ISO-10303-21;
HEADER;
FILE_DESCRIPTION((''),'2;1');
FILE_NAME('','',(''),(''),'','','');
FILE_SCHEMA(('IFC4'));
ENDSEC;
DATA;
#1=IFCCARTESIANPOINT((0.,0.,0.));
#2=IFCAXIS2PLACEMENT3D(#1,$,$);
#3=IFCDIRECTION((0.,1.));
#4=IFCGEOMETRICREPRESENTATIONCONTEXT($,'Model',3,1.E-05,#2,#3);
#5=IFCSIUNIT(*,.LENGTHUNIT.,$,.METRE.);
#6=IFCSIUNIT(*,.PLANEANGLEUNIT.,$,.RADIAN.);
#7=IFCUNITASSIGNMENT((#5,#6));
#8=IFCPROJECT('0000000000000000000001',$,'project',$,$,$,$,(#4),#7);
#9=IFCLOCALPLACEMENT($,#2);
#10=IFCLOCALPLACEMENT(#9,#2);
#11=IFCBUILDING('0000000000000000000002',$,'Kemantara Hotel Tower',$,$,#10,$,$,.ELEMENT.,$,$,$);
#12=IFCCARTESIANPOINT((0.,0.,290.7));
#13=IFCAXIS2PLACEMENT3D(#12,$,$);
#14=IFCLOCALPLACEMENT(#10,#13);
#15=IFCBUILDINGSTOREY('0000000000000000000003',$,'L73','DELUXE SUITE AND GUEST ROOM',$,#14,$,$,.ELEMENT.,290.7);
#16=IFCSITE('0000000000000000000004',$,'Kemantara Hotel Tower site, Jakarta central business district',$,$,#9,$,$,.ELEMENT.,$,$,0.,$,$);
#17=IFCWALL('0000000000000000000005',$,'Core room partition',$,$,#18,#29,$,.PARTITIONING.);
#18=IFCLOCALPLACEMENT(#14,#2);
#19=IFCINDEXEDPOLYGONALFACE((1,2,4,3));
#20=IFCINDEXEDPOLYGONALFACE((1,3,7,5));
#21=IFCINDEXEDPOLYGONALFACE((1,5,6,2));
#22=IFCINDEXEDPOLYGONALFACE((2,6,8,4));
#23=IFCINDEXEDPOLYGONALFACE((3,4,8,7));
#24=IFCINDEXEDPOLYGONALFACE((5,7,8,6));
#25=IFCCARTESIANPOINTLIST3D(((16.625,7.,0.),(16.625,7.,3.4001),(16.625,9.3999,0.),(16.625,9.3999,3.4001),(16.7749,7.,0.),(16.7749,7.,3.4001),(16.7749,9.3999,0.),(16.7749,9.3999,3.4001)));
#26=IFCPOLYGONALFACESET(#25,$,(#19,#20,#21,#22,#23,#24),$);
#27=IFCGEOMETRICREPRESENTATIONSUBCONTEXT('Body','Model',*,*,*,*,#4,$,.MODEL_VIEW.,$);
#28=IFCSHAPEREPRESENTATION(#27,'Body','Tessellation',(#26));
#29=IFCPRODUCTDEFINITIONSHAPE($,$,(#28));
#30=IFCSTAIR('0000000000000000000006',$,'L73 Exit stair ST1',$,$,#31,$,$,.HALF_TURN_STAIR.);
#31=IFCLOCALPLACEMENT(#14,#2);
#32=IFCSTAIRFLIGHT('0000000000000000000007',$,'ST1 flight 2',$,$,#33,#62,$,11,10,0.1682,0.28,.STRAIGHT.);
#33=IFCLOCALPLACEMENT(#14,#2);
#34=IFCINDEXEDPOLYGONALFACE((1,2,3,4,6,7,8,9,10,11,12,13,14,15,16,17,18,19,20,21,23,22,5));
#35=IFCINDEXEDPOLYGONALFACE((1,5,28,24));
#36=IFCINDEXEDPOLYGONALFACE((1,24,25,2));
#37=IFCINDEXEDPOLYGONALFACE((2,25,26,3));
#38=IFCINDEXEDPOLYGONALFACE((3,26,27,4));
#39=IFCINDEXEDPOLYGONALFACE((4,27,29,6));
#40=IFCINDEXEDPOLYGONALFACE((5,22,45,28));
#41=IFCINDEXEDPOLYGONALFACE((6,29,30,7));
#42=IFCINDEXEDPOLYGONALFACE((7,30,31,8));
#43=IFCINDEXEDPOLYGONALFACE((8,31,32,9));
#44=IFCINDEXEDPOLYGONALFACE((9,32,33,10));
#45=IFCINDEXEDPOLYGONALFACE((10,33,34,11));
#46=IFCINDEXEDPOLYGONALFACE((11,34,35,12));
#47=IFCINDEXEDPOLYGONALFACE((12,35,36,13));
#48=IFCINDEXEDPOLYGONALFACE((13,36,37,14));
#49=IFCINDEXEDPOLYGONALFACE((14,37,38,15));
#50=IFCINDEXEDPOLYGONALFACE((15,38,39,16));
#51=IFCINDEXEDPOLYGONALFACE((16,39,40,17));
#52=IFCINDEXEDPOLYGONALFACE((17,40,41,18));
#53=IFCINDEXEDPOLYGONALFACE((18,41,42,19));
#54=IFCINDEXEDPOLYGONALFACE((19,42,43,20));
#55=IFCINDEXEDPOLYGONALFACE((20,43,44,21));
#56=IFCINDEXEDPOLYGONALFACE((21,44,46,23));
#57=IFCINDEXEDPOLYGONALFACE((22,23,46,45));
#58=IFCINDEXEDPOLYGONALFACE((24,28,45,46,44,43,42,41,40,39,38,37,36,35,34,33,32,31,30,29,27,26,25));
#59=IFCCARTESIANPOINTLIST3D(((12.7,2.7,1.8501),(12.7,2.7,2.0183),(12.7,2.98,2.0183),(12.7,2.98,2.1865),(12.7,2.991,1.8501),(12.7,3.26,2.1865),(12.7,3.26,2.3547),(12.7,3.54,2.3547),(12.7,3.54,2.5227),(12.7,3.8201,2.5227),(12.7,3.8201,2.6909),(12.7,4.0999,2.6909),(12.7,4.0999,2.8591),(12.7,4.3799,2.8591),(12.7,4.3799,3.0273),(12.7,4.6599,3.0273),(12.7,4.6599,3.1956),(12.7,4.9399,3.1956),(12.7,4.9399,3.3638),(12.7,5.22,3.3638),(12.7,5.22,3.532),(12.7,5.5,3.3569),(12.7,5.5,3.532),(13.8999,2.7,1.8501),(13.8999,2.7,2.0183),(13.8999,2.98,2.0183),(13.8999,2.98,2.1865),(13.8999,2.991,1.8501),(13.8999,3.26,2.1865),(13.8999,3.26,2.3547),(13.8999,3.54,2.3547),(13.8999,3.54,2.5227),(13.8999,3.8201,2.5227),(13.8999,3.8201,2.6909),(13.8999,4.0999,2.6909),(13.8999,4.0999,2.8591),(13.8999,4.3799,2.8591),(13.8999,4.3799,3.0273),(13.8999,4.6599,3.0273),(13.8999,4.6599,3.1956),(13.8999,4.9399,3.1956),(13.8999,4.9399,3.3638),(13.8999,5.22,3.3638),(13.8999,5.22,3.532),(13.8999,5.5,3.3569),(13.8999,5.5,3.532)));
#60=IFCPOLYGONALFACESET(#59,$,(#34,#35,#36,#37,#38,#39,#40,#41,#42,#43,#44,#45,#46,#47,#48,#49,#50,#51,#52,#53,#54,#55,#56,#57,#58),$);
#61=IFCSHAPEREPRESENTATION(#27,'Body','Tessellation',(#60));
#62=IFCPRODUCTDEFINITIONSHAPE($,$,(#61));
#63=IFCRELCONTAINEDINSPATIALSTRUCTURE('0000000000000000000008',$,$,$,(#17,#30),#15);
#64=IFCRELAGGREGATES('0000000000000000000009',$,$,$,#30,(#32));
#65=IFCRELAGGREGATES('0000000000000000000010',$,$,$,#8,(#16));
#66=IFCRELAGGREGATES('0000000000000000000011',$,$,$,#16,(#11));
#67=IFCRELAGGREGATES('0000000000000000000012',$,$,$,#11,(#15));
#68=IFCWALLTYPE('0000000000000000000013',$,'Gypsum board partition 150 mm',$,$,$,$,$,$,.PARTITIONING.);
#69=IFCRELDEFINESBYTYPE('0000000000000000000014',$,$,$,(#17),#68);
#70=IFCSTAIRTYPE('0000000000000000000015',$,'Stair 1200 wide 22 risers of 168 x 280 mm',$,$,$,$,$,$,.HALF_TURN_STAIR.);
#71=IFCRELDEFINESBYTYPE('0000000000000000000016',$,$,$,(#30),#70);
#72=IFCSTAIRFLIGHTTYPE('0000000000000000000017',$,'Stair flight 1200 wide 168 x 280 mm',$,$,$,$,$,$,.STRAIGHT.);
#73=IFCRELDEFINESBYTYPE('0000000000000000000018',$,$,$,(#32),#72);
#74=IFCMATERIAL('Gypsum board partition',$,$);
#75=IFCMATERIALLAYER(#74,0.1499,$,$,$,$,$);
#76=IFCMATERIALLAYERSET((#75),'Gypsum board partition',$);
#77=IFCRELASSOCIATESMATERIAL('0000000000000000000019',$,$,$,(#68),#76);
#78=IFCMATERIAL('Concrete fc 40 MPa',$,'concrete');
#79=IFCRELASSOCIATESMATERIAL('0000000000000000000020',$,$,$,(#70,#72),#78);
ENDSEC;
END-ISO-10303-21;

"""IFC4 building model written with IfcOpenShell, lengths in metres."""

from ifc_helpers import new_model, si_unit, direction, frame, frame_2d, origin, place, context, subcontext, project, spatial, polyline, rectangle, outline, extrude, material, layer, layer_set, type_object, element, aggregate, save


model = new_model("IFC4")

# Units and contexts
model_context = context("Model", 3, precision=1e-05, world=origin(), true_north=direction((0.0, 1.0)))
body_context = subcontext(model_context, "Body", "Model", "MODEL_VIEW")
ifc_project = project(units=[si_unit("LENGTHUNIT", "METRE"), si_unit("PLANEANGLEUNIT", "RADIAN")], contexts=[model_context])

# Site, building, storey
site_placement = place(None, origin())
site = spatial("IfcSite", under=ifc_project, at=site_placement, Name="Kemantara Hotel Tower site, Jakarta central business district", CompositionType="ELEMENT", RefElevation=0.0)
building_placement = place(site_placement, origin())
building = spatial("IfcBuilding", under=site, at=building_placement, Name="Kemantara Hotel Tower", CompositionType="ELEMENT")
storey_placement = place(building_placement, frame((0.0, 0.0, 290.7)))
storey = spatial("IfcBuildingStorey", under=building, at=storey_placement, Name="L73", Description="DELUXE SUITE AND GUEST ROOM", CompositionType="ELEMENT", Elevation=290.7)

# Wall
ifc_material_1 = material(Name="Gypsum board partition")
ifc_layer_1 = layer(ifc_material_1, 0.1499)
ifc_layer_set_1 = layer_set([ifc_layer_1], Name="Gypsum board partition")
wall_type_1 = type_object("IfcWallType", Name="Gypsum board partition 150 mm", PredefinedType="PARTITIONING", material=ifc_layer_set_1)
wall_1_placement = place(storey_placement, frame((16.7, 7.0, 0.0), z_axis=(0.0, 0.0, 1.0), x_axis=(0.0, 1.0, 0.0)))
element("IfcWall", 1, at=wall_1_placement, inside=storey, type_object=wall_type_1, Name="Core room partition", PredefinedType="PARTITIONING", context=body_context, shape_type="SweptSolid", body=[
    extrude(rectangle(XDim=2.3999, YDim=0.1499, at=frame_2d((1.2, 0.0))), origin(), (0.0, 0.0, 1.0), 3.4001),
])

# Stair, stair flight
ifc_material_2 = material(Name="Concrete fc 40 MPa", Category="concrete")
stair_type = type_object("IfcStairType", Name="Stair 1200 wide 22 risers of 168 x 280 mm", PredefinedType="HALF_TURN_STAIR", material=ifc_material_2)
stair_placement = place(storey_placement, origin())
stair = element("IfcStair", 2, at=stair_placement, inside=storey, type_object=stair_type, Name="L73 Exit stair ST1", PredefinedType="HALF_TURN_STAIR")
stair_flight_type = type_object("IfcStairFlightType", Name="Stair flight 1200 wide 168 x 280 mm", PredefinedType="STRAIGHT", material=ifc_material_2)
stair_flight_placement = place(storey_placement, frame((13.3, 2.7, 1.8501), z_axis=(0.0, 0.0, 1.0), x_axis=(0.0, 1.0, 0.0)))
stair_flight = element("IfcStairFlight", 3, at=stair_flight_placement, type_object=stair_flight_type, Name="ST1 flight 2", NumberOfRisers=11, NumberOfTreads=10, PredefinedType="STRAIGHT", RiserHeight=0.1682, TreadLength=0.28, context=body_context, shape_type="SweptSolid", body=[
    extrude(outline(polyline([(0.0, 0.0), (0.0, 0.1682), (0.28, 0.1682), (0.28, 0.3364), (0.5601, 0.3364), (0.5601, 0.5046), (0.8401, 0.5046), (0.8401, 0.6726), (1.1201, 0.6726), (1.1201, 0.8408), (1.3999, 0.8408), (1.3999, 1.009), (1.6799, 1.009), (1.6799, 1.1772), (1.96, 1.1772), (1.96, 1.3455), (2.24, 1.3455), (2.24, 1.5137), (2.52, 1.5137), (2.52, 1.6819), (2.8, 1.6819), (2.8, 1.8501), (2.8, 1.5068), (0.291, 0.0), (0.0, 0.0)])), frame((0.0, 0.6001, 0.0), z_axis=(0.0, -1.0, 0.0), x_axis=(1.0, 0.0, 0.0)), (0.0, 0.0, 1.0), 1.2),
])
aggregate(stair, [stair_flight])

save(model, "model.ifc")
